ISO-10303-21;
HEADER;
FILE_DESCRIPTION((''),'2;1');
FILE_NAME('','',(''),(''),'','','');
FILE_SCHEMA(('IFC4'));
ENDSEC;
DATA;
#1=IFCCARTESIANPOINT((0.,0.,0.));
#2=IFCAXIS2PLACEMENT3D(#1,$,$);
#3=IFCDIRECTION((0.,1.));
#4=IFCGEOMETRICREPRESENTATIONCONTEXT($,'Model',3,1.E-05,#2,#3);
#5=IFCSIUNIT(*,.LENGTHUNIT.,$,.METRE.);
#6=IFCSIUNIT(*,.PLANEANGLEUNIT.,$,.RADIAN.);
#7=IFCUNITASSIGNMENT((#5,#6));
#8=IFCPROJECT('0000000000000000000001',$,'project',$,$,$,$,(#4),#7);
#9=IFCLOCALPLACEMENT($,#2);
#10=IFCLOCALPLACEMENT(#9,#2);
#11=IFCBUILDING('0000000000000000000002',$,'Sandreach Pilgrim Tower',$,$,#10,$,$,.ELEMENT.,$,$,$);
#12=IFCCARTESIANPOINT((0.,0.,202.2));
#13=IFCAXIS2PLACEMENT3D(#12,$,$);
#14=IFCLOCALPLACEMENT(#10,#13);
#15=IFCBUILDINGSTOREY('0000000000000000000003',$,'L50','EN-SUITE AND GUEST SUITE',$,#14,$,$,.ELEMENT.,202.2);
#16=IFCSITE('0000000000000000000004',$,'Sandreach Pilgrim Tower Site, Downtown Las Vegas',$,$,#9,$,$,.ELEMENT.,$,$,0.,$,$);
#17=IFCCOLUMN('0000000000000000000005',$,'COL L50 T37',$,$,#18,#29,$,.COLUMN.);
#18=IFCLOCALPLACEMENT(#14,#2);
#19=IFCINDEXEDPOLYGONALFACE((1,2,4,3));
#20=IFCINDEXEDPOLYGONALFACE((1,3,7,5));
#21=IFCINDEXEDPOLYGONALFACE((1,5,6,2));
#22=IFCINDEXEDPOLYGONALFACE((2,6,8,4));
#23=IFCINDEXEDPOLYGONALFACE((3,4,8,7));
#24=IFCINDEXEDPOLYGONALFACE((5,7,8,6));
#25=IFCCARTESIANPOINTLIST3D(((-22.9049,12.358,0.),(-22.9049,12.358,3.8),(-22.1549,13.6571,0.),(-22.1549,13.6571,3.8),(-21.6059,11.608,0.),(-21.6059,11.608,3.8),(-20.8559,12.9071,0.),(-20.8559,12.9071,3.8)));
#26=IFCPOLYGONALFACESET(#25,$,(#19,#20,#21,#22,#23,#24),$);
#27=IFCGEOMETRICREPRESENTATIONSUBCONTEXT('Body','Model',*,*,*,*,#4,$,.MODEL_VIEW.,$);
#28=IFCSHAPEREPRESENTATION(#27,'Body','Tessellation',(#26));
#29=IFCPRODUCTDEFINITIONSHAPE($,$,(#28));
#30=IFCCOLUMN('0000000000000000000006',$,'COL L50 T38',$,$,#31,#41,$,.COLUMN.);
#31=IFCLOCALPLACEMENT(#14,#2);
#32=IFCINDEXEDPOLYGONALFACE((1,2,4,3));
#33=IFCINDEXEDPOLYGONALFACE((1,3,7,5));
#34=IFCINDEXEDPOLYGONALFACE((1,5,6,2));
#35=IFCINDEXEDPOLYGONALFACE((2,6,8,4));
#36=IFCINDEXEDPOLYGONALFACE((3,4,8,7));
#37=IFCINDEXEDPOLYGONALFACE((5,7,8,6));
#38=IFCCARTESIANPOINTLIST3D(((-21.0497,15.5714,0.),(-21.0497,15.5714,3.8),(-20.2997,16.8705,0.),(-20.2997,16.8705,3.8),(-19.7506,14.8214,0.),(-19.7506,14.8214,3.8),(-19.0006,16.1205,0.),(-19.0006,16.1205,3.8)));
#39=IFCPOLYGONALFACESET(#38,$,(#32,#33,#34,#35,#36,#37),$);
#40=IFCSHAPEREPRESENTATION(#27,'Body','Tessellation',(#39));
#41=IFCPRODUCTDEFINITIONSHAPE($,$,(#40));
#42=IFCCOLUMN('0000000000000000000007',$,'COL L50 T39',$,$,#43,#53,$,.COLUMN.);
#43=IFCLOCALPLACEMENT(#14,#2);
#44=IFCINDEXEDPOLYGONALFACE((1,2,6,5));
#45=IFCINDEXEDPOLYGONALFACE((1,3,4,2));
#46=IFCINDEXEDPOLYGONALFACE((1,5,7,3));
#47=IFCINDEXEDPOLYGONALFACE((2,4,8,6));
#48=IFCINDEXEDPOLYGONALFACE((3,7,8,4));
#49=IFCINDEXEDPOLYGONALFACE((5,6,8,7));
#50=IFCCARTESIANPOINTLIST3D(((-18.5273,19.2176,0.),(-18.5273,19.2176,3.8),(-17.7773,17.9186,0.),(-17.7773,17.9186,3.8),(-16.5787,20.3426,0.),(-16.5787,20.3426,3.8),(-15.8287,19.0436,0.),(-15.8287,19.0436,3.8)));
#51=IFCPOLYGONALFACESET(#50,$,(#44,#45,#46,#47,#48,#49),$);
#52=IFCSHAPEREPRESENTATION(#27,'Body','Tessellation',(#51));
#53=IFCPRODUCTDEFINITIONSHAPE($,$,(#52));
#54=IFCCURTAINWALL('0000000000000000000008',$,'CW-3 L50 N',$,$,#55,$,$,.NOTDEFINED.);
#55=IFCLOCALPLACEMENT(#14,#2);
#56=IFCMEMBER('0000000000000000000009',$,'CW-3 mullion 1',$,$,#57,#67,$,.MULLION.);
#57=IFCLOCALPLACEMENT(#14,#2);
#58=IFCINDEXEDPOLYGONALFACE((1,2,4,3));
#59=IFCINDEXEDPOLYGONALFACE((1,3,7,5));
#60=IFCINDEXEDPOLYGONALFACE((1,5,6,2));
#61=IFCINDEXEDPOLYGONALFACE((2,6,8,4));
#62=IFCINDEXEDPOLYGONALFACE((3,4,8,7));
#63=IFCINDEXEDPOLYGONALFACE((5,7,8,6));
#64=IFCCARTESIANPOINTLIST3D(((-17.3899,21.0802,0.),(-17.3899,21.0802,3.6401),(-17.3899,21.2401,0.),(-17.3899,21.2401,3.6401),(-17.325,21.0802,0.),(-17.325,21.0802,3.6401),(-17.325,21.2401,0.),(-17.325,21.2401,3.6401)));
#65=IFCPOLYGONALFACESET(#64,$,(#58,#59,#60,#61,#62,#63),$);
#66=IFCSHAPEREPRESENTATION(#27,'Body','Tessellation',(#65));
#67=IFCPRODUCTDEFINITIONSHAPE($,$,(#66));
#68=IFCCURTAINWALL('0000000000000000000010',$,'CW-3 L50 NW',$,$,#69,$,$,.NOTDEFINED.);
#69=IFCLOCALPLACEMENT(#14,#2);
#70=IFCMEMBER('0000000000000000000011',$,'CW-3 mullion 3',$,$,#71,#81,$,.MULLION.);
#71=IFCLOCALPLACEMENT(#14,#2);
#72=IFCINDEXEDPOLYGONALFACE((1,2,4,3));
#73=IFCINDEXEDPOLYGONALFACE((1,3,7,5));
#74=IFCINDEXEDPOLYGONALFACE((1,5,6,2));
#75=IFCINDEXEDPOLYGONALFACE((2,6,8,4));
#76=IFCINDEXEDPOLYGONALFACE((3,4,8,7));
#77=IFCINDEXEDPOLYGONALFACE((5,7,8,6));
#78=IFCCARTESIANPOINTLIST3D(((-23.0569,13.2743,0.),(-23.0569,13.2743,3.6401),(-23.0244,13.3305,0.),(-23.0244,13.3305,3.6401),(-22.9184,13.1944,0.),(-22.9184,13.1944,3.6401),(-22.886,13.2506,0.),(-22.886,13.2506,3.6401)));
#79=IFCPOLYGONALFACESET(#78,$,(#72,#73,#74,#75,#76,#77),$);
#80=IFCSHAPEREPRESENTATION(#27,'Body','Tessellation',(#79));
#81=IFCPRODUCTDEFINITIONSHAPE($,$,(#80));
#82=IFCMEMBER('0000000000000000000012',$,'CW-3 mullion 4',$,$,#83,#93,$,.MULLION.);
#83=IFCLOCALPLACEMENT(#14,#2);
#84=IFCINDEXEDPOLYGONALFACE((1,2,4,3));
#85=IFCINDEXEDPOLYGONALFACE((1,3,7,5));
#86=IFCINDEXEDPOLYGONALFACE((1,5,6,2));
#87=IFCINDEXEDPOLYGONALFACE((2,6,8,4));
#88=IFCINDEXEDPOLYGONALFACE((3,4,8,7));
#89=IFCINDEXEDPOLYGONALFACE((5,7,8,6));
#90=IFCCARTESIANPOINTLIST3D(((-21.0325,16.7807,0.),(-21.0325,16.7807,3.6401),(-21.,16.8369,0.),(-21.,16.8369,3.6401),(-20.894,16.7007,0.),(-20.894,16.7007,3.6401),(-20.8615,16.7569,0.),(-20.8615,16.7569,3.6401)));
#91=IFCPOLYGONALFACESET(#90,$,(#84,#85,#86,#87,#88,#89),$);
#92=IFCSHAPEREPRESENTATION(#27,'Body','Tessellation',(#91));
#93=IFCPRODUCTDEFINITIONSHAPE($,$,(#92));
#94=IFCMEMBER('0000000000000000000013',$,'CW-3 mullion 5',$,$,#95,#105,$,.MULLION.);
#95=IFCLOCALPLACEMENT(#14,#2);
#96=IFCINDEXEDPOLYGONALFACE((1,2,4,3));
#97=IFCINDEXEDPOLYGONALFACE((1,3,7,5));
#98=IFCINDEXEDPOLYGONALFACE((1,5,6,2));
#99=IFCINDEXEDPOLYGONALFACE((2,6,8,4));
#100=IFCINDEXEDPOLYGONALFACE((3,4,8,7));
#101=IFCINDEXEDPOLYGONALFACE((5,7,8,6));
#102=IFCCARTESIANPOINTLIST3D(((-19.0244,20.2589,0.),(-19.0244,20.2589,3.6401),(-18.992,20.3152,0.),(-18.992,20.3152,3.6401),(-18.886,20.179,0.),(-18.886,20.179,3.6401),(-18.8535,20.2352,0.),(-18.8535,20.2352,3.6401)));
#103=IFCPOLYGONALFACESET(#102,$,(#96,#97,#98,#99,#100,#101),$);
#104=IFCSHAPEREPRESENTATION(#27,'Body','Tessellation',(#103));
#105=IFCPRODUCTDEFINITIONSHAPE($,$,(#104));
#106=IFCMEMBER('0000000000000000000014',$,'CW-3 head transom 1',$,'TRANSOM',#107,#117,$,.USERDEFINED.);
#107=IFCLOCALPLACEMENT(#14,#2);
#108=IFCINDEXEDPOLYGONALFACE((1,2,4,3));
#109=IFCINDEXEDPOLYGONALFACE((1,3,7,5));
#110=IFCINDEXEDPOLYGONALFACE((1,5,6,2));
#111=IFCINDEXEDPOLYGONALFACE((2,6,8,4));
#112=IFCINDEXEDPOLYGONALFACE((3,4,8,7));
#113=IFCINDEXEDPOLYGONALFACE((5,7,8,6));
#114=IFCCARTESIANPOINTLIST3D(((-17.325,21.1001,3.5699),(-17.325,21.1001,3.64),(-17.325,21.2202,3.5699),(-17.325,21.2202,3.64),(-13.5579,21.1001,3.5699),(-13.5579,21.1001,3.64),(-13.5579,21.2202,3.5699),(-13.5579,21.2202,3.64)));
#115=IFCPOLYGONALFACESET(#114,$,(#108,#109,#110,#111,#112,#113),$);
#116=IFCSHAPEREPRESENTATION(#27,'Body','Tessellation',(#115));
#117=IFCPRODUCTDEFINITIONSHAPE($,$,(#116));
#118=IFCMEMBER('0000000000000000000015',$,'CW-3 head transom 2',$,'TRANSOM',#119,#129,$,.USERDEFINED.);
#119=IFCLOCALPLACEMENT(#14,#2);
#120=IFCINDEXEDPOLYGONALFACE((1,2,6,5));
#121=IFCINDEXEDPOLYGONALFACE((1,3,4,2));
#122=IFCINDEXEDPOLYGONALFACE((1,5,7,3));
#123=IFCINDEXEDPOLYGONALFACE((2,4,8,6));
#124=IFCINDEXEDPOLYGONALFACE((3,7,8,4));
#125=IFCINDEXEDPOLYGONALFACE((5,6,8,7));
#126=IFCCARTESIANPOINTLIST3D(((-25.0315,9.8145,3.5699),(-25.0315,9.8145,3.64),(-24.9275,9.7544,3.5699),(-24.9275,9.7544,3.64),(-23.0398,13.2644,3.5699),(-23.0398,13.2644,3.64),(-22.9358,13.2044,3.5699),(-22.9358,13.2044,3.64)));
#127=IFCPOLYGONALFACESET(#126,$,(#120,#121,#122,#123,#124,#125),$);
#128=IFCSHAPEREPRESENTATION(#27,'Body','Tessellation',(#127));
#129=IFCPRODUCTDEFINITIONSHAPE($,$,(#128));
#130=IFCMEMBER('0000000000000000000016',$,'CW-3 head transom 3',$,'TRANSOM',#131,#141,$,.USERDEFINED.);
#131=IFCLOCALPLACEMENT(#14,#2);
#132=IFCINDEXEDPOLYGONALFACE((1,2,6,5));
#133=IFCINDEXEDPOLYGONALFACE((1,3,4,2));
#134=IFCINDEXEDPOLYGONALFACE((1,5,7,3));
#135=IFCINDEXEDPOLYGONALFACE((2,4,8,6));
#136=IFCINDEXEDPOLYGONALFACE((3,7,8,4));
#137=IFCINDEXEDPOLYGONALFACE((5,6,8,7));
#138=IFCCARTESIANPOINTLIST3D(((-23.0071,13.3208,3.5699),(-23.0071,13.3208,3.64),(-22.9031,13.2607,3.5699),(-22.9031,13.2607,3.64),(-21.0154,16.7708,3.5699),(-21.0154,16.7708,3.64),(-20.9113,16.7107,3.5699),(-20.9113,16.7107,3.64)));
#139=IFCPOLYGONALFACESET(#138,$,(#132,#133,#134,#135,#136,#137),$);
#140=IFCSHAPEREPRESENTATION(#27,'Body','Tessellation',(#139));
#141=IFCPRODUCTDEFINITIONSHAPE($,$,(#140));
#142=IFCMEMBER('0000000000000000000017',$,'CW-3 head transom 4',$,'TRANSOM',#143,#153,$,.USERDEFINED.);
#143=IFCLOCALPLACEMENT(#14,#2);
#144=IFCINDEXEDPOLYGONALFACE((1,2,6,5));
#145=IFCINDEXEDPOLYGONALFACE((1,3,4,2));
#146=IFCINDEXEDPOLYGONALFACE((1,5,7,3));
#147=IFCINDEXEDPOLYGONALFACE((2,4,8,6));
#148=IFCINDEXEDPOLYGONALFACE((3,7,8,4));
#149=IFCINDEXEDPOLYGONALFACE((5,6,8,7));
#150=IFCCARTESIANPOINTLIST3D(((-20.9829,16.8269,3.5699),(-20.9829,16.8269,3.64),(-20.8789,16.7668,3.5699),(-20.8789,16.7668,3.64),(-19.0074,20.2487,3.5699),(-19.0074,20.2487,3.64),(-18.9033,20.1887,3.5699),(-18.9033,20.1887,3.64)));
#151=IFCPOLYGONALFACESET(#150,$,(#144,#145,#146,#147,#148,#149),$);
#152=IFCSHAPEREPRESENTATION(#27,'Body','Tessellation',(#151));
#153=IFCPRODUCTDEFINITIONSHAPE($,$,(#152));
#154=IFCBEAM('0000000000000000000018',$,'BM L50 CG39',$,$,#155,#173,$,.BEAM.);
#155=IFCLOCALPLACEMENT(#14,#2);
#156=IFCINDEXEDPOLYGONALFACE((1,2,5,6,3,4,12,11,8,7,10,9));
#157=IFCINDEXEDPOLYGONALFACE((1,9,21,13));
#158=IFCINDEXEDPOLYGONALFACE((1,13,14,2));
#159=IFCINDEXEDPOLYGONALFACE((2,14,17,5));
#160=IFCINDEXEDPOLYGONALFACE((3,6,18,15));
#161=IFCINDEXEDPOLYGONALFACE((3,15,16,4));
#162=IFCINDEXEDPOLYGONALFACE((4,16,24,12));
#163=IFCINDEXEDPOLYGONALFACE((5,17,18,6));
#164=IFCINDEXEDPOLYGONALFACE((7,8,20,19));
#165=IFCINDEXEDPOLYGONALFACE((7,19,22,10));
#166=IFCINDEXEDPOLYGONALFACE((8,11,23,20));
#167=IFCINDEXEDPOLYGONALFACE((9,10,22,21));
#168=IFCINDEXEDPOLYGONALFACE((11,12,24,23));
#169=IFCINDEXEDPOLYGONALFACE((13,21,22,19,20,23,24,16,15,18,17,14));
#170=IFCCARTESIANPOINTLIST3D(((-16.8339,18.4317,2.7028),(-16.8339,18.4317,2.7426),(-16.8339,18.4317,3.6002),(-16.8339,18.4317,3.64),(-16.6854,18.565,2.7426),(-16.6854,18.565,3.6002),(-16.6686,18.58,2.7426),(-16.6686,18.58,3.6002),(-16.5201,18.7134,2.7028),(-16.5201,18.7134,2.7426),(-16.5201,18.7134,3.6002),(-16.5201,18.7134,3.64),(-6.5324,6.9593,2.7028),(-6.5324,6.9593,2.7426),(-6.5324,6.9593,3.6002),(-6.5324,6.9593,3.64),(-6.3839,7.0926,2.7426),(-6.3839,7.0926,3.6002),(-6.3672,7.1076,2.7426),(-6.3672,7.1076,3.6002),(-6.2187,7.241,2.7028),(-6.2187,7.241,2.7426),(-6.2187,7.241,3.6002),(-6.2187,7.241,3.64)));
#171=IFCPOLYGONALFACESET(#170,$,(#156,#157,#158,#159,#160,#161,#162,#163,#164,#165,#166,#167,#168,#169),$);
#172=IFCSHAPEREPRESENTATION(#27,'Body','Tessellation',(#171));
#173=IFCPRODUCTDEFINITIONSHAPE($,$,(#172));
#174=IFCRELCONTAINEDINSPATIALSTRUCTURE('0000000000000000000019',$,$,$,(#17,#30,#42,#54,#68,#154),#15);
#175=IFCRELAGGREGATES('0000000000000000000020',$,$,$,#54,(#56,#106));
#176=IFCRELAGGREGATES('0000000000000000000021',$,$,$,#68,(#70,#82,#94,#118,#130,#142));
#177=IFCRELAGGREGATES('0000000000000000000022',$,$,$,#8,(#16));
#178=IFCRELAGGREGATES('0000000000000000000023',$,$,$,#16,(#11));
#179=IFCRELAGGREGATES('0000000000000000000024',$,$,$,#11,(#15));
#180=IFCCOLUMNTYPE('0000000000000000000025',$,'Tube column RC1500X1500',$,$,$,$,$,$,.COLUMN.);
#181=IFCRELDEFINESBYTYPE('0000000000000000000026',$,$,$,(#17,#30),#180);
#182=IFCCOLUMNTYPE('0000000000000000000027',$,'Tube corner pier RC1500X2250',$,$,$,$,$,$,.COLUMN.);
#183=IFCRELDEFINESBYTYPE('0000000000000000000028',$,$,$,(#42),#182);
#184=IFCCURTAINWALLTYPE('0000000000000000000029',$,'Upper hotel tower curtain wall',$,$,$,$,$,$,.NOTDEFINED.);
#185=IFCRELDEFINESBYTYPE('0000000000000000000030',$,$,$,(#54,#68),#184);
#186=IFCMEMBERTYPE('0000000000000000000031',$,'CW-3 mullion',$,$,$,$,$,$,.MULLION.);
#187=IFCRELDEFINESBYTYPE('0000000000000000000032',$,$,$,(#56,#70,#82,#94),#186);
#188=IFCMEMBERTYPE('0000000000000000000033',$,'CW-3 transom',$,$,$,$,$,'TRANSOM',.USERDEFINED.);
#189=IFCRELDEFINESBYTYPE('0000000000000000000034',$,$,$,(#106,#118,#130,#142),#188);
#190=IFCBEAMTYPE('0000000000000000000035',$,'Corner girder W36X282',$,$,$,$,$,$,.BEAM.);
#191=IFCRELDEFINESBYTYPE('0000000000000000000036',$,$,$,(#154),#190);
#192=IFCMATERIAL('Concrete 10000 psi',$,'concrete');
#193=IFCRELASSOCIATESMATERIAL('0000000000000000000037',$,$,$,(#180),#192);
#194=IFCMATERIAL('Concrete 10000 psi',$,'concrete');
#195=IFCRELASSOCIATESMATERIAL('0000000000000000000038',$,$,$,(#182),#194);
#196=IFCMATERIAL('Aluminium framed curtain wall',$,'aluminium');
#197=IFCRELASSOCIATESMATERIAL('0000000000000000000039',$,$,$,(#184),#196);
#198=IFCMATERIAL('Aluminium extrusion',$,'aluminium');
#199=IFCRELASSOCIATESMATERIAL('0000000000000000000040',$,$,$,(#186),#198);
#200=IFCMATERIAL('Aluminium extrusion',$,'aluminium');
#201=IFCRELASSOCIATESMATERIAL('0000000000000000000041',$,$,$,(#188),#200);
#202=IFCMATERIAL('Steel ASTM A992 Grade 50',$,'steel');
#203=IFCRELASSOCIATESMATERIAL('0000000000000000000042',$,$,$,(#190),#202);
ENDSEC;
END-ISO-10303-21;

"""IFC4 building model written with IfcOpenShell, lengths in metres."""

from ifc_helpers import new_model, si_unit, direction, frame, origin, origin_2d, place, context, subcontext, project, spatial, rectangle, i_section, extrude, material, material_profile, profile_set, type_object, element, aggregate, save


model = new_model("IFC4")

# Units and contexts
model_context = context("Model", 3, precision=1e-05, world=origin(), true_north=direction((0.0, 1.0)))
body_context = subcontext(model_context, "Body", "Model", "MODEL_VIEW")
ifc_project = project(units=[si_unit("LENGTHUNIT", "METRE"), si_unit("PLANEANGLEUNIT", "RADIAN")], contexts=[model_context])

# Site, building, storey
site_placement = place(None, origin())
site = spatial("IfcSite", under=ifc_project, at=site_placement, Name="Sandreach Pilgrim Tower Site, Downtown Las Vegas", CompositionType="ELEMENT", RefElevation=0.0)
building_placement = place(site_placement, origin())
building = spatial("IfcBuilding", under=site, at=building_placement, Name="Sandreach Pilgrim Tower", CompositionType="ELEMENT")
storey_placement = place(building_placement, frame((0.0, 0.0, 202.2)))
storey = spatial("IfcBuildingStorey", under=building, at=storey_placement, Name="L50", Description="EN-SUITE AND GUEST SUITE", CompositionType="ELEMENT", Elevation=202.2)

# Columns
ifc_material_1 = material(Name="Concrete 10000 psi", Category="concrete")
ifc_material_profile_1 = material_profile(ifc_material_1, rectangle(XDim=1.5, YDim=1.5, at=origin_2d()), Name="RC1500X1500")
ifc_profile_set_1 = profile_set([ifc_material_profile_1], Name="Concrete 10000 psi")
column_type_1 = type_object("IfcColumnType", Name="Tube column RC1500X1500", PredefinedType="COLUMN", material=ifc_profile_set_1)
for number, where, z_axis, x_axis, name in (
    (1, (-21.8804, 12.6326, 0.0), (0.0, 0.0, 1.0), (-0.866025, 0.5, 0.0), "COL L50 T37"),
    (2, (-20.0251, 15.8459, 0.0), (0.0, 0.0, 1.0), (-0.866025, 0.5, 0.0), "COL L50 T38"),
):
    element("IfcColumn", number, at=place(storey_placement, frame(where, z_axis=z_axis, x_axis=x_axis)), inside=storey, type_object=column_type_1, Name=name, PredefinedType="COLUMN", context=body_context, shape_type="SweptSolid", body=[
        extrude(rectangle(XDim=1.5, YDim=1.5, at=origin_2d()), origin(), (0.0, 0.0, 1.0), 3.8),
    ])
ifc_material_2 = material(Name="Concrete 10000 psi", Category="concrete")
ifc_material_profile_2 = material_profile(ifc_material_2, rectangle(XDim=1.5, YDim=2.25, at=origin_2d()), Name="RC1500X2250")
ifc_profile_set_2 = profile_set([ifc_material_profile_2], Name="Concrete 10000 psi")
column_type_2 = type_object("IfcColumnType", Name="Tube corner pier RC1500X2250", PredefinedType="COLUMN", material=ifc_profile_set_2)
column_placement = place(storey_placement, frame((-17.178, 19.1306, 0.0), z_axis=(0.0, 0.0, 1.0), x_axis=(-0.5, 0.866025, 0.0)))
element("IfcColumn", 3, at=column_placement, inside=storey, type_object=column_type_2, Name="COL L50 T39", PredefinedType="COLUMN", context=body_context, shape_type="SweptSolid", body=[
    extrude(rectangle(XDim=1.5, YDim=2.25, at=origin_2d()), origin(), (0.0, 0.0, 1.0), 3.8),
])

# Curtain wall, member
ifc_material_3 = material(Name="Aluminium framed curtain wall", Category="aluminium")
curtain_wall_type = type_object("IfcCurtainWallType", Name="Upper hotel tower curtain wall", PredefinedType="NOTDEFINED", material=ifc_material_3)
curtain_wall_1_placement = place(storey_placement, origin())
curtain_wall_1 = element("IfcCurtainWall", 4, at=curtain_wall_1_placement, inside=storey, type_object=curtain_wall_type, Name="CW-3 L50 N", PredefinedType="NOTDEFINED")
ifc_material_4 = material(Name="Aluminium extrusion", Category="aluminium")
ifc_material_profile_3 = material_profile(ifc_material_4, rectangle(XDim=0.0649, YDim=0.1599, at=origin_2d()), Name="CW-3M 65X160")
ifc_profile_set_3 = profile_set([ifc_material_profile_3], Name="Aluminium extrusion")
member_type_1 = type_object("IfcMemberType", Name="CW-3 mullion", PredefinedType="MULLION", material=ifc_profile_set_3)
member_1_placement = place(storey_placement, frame((-17.3574, 21.1602, 0.0), z_axis=(0.0, 0.0, 1.0), x_axis=(1.0, 0.0, 0.0)))
member_1 = element("IfcMember", 5, at=member_1_placement, type_object=member_type_1, Name="CW-3 mullion 1", PredefinedType="MULLION", context=body_context, shape_type="SweptSolid", body=[
    extrude(rectangle(XDim=0.0649, YDim=0.1599, at=origin_2d()), origin(), (0.0, 0.0, 1.0), 3.6401),
])

# Curtain wall, members
curtain_wall_2_placement = place(storey_placement, origin())
curtain_wall_2 = element("IfcCurtainWall", 6, at=curtain_wall_2_placement, inside=storey, type_object=curtain_wall_type, Name="CW-3 L50 NW", PredefinedType="NOTDEFINED")
member_2_placement = place(storey_placement, frame((-22.9714, 13.2625, 0.0), z_axis=(0.0, 0.0, 1.0), x_axis=(0.5, 0.866025, 0.0)))
member_2 = element("IfcMember", 7, at=member_2_placement, type_object=member_type_1, Name="CW-3 mullion 3", PredefinedType="MULLION", context=body_context, shape_type="SweptSolid", body=[
    extrude(rectangle(XDim=0.0649, YDim=0.1599, at=origin_2d()), origin(), (0.0, 0.0, 1.0), 3.6401),
])
member_3_placement = place(storey_placement, frame((-20.947, 16.7688, 0.0), z_axis=(0.0, 0.0, 1.0), x_axis=(0.5, 0.866025, 0.0)))
member_3 = element("IfcMember", 8, at=member_3_placement, type_object=member_type_1, Name="CW-3 mullion 4", PredefinedType="MULLION", context=body_context, shape_type="SweptSolid", body=[
    extrude(rectangle(XDim=0.0649, YDim=0.1599, at=origin_2d()), origin(), (0.0, 0.0, 1.0), 3.6401),
])
member_4_placement = place(storey_placement, frame((-18.939, 20.2471, 0.0), z_axis=(0.0, 0.0, 1.0), x_axis=(0.5, 0.866025, 0.0)))
member_4 = element("IfcMember", 9, at=member_4_placement, type_object=member_type_1, Name="CW-3 mullion 5", PredefinedType="MULLION", context=body_context, shape_type="SweptSolid", body=[
    extrude(rectangle(XDim=0.0649, YDim=0.1599, at=origin_2d()), origin(), (0.0, 0.0, 1.0), 3.6401),
])

# Members
ifc_material_5 = material(Name="Aluminium extrusion", Category="aluminium")
ifc_material_profile_4 = material_profile(ifc_material_5, rectangle(XDim=0.1201, YDim=0.0701, at=origin_2d()), Name="CW-3T 120X70")
ifc_profile_set_4 = profile_set([ifc_material_profile_4], Name="Aluminium extrusion")
member_type_2 = type_object("IfcMemberType", Name="CW-3 transom", ElementType="TRANSOM", PredefinedType="USERDEFINED", material=ifc_profile_set_4)
member_5_placement = place(storey_placement, frame((-17.325, 21.1602, 3.605), z_axis=(1.0, 0.0, 0.0), x_axis=(0.0, 1.0, 0.0)))
member_5 = element("IfcMember", 10, at=member_5_placement, type_object=member_type_2, Name="CW-3 head transom 1", ObjectType="TRANSOM", PredefinedType="USERDEFINED", context=body_context, shape_type="SweptSolid", body=[
    extrude(rectangle(XDim=0.1201, YDim=0.0701, at=origin_2d()), origin(), (0.0, 0.0, 1.0), 3.7671),
])
aggregate(curtain_wall_1, [member_1, member_5])
member_6_placement = place(storey_placement, frame((-24.9795, 9.7844, 3.605), z_axis=(0.499975, 0.86604, 0.0), x_axis=(-0.86604, 0.499975, 0.0)))
member_6 = element("IfcMember", 11, at=member_6_placement, type_object=member_type_2, Name="CW-3 head transom 2", ObjectType="TRANSOM", PredefinedType="USERDEFINED", context=body_context, shape_type="SweptSolid", body=[
    extrude(rectangle(XDim=0.1201, YDim=0.0701, at=origin_2d()), origin(), (0.0, 0.0, 1.0), 3.9836),
])
member_7_placement = place(storey_placement, frame((-22.9551, 13.2908, 3.605), z_axis=(0.499975, 0.86604, 0.0), x_axis=(-0.86604, 0.499975, 0.0)))
member_7 = element("IfcMember", 12, at=member_7_placement, type_object=member_type_2, Name="CW-3 head transom 3", ObjectType="TRANSOM", PredefinedType="USERDEFINED", context=body_context, shape_type="SweptSolid", body=[
    extrude(rectangle(XDim=0.1201, YDim=0.0701, at=origin_2d()), origin(), (0.0, 0.0, 1.0), 3.9836),
])
member_8_placement = place(storey_placement, frame((-20.9309, 16.7969, 3.605), z_axis=(0.499993, 0.866029, 0.0), x_axis=(-0.866029, 0.499993, 0.0)))
member_8 = element("IfcMember", 13, at=member_8_placement, type_object=member_type_2, Name="CW-3 head transom 4", ObjectType="TRANSOM", PredefinedType="USERDEFINED", context=body_context, shape_type="SweptSolid", body=[
    extrude(rectangle(XDim=0.1201, YDim=0.0701, at=origin_2d()), origin(), (0.0, 0.0, 1.0), 3.9512),
])

# Beam
ifc_material_6 = material(Name="Steel ASTM A992 Grade 50", Category="steel")
ifc_material_profile_5 = material_profile(ifc_material_6, i_section(OverallWidth=0.4216, OverallDepth=0.9373, WebThickness=0.0225, FlangeThickness=0.0398, at=origin_2d()), Name="W36X282")
ifc_profile_set_5 = profile_set([ifc_material_profile_5], Name="Steel ASTM A992 Grade 50")
beam_type_1 = type_object("IfcBeamType", Name="Corner girder W36X282", PredefinedType="BEAM", material=ifc_profile_set_5)
beam_1_placement = place(storey_placement, frame((-16.677, 18.5725, 3.1714), z_axis=(0.668117, -0.744057, 0.0), x_axis=(0.744057, 0.668117, 0.0)))
element("IfcBeam", 14, at=beam_1_placement, inside=storey, type_object=beam_type_1, Name="BM L50 CG39", PredefinedType="BEAM", context=body_context, shape_type="SweptSolid", body=[
    extrude(i_section(OverallWidth=0.4216, OverallDepth=0.9373, WebThickness=0.0225, FlangeThickness=0.0398, at=origin_2d()), origin(), (0.0, 0.0, 1.0), 15.4187),
])

aggregate(curtain_wall_2, [member_2, member_3, member_4, member_6, member_7, member_8])

save(model, "model.ifc")
